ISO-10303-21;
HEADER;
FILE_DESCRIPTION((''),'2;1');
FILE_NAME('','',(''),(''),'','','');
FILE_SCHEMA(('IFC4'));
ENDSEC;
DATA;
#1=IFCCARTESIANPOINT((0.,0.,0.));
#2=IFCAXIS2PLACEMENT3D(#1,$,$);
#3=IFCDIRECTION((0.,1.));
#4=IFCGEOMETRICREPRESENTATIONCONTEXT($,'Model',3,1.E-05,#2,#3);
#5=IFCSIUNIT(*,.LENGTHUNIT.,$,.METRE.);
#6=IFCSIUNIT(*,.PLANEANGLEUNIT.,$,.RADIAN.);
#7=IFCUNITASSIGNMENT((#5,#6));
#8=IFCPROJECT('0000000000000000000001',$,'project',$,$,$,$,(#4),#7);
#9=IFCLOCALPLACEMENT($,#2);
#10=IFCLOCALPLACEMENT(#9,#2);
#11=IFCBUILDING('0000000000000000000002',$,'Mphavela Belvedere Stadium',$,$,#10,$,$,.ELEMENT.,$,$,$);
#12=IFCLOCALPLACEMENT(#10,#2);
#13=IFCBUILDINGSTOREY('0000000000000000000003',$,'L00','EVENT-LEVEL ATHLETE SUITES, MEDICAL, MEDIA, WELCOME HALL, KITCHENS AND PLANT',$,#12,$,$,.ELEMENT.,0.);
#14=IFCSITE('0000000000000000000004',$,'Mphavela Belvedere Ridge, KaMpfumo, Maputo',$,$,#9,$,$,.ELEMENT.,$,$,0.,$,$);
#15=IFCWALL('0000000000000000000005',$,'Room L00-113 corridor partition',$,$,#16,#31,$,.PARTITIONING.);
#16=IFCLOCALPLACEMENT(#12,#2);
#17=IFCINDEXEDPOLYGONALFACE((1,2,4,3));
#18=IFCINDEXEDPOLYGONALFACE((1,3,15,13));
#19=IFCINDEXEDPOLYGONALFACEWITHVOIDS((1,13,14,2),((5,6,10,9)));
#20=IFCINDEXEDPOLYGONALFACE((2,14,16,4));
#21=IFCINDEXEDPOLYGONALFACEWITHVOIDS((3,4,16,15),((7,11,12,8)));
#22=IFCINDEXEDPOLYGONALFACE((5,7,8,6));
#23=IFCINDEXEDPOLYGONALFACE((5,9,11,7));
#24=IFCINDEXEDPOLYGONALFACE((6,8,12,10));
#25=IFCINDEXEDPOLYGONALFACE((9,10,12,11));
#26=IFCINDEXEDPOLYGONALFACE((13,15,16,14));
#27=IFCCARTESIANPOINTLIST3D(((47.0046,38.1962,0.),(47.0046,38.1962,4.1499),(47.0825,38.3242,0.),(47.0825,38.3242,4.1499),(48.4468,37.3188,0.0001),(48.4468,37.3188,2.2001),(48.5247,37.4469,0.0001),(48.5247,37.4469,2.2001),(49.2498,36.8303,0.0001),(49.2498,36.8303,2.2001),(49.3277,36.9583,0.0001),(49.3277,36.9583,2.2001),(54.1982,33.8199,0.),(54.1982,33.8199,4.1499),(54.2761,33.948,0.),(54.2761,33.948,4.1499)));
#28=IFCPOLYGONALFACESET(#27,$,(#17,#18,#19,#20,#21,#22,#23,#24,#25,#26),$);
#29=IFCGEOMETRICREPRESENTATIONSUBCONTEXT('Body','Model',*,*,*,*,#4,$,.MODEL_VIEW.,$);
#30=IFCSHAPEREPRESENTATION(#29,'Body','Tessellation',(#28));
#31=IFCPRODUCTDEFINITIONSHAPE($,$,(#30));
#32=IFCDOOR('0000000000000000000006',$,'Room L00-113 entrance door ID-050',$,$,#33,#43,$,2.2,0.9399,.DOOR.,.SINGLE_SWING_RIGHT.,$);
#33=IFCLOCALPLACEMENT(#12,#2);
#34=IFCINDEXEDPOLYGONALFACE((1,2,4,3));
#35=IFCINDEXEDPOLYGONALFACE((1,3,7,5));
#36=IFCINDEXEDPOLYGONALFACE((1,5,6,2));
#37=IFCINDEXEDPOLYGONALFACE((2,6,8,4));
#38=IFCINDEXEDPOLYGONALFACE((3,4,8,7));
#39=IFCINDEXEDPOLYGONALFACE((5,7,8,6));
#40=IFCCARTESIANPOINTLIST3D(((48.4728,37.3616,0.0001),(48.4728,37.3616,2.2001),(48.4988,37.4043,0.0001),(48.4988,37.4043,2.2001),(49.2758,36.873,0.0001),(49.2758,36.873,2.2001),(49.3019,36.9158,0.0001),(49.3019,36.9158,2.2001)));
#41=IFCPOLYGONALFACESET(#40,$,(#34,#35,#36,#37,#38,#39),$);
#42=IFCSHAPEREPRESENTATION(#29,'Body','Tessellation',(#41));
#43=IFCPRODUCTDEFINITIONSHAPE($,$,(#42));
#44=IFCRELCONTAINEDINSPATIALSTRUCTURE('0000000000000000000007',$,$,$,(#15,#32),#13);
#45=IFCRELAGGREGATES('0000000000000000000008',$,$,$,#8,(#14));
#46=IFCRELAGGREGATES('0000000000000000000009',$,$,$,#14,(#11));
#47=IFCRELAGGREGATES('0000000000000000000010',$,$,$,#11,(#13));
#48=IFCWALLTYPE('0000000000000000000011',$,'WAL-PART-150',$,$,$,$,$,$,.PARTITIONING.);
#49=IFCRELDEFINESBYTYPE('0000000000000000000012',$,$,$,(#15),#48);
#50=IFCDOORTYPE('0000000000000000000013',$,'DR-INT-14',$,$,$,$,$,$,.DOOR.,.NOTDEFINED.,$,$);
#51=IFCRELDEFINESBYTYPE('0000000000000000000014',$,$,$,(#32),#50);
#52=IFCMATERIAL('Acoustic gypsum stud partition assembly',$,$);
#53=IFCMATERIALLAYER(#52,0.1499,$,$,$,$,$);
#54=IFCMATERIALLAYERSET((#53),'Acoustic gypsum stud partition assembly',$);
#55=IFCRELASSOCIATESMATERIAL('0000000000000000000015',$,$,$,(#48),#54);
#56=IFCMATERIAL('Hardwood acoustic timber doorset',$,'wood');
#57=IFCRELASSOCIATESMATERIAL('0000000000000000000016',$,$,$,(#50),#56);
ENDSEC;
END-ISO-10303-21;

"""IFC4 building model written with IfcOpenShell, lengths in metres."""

from ifc_helpers import new_model, si_unit, direction, frame, frame_2d, origin, place, context, subcontext, project, spatial, rectangle, extrude, material, layer, layer_set, type_object, element, fill, save


model = new_model("IFC4")

# Units and contexts
model_context = context("Model", 3, precision=1e-05, world=origin(), true_north=direction((0.0, 1.0)))
body_context = subcontext(model_context, "Body", "Model", "MODEL_VIEW")
ifc_project = project(units=[si_unit("LENGTHUNIT", "METRE"), si_unit("PLANEANGLEUNIT", "RADIAN")], contexts=[model_context])

# Site, building, storey
site_placement = place(None, origin())
site = spatial("IfcSite", under=ifc_project, at=site_placement, Name="Mphavela Belvedere Ridge, KaMpfumo, Maputo", CompositionType="ELEMENT", RefElevation=0.0)
building_placement = place(site_placement, origin())
building = spatial("IfcBuilding", under=site, at=building_placement, Name="Mphavela Belvedere Stadium", CompositionType="ELEMENT")
storey_placement = place(building_placement, origin())
storey = spatial("IfcBuildingStorey", under=building, at=storey_placement, Name="L00", Description="EVENT-LEVEL ATHLETE SUITES, MEDICAL, MEDIA, WELCOME HALL, KITCHENS AND PLANT", CompositionType="ELEMENT", Elevation=0.0)

# Wall, opening, door
ifc_material_1 = material(Name="Acoustic gypsum stud partition assembly")
ifc_layer_1 = layer(ifc_material_1, 0.1499)
ifc_layer_set_1 = layer_set([ifc_layer_1], Name="Acoustic gypsum stud partition assembly")
wall_type_1 = type_object("IfcWallType", Name="WAL-PART-150", PredefinedType="PARTITIONING", material=ifc_layer_set_1)
wall_1_placement = place(storey_placement, frame((54.2371, 33.884, 0.0), z_axis=(0.0, 0.0, 1.0), x_axis=(-0.85433, 0.519731, 0.0)))
wall_1 = element("IfcWall", 1, at=wall_1_placement, inside=storey, type_object=wall_type_1, Name="Room L00-113 corridor partition", PredefinedType="PARTITIONING", context=body_context, shape_type="SweptSolid", body=[
    extrude(rectangle(XDim=8.4202, YDim=0.1499, at=frame_2d((4.21, 0.0))), origin(), (0.0, 0.0, 1.0), 4.1499),
])
opening_1_placement = place(wall_1_placement, frame((5.792, 0.0, 0.0)))
opening_1 = element("IfcOpeningElement", 2, at=opening_1_placement, cuts=wall_1, PredefinedType="OPENING", context=body_context, shape_type="SweptSolid", body=[
    extrude(rectangle(XDim=0.9399, YDim=2.2, at=frame_2d((0.47, 1.1001))), frame((0.0, 0.085, 0.0), z_axis=(0.0, -1.0, 0.0), x_axis=(1.0, 0.0, 0.0)), (0.0, 0.0, 1.0), 0.1699),
])
ifc_material_2 = material(Name="Hardwood acoustic timber doorset", Category="wood")
door_type_1 = type_object("IfcDoorType", Name="DR-INT-14", OperationType="NOTDEFINED", PredefinedType="DOOR", material=ifc_material_2)
door_1_placement = place(opening_1_placement, origin())
door_1 = element("IfcDoor", 3, at=door_1_placement, inside=storey, type_object=door_type_1, Name="Room L00-113 entrance door ID-050", OperationType="SINGLE_SWING_RIGHT", OverallHeight=2.2, OverallWidth=0.9399, PredefinedType="DOOR", context=body_context, shape_type="SweptSolid", body=[
    extrude(rectangle(XDim=0.9399, YDim=2.2, at=frame_2d((0.47, 1.1001))), frame((0.0, 0.0249, 0.0), z_axis=(0.0, -1.0, 0.0), x_axis=(1.0, 0.0, 0.0)), (0.0, 0.0, 1.0), 0.05),
])
fill(opening_1, door_1)

save(model, "model.ifc")
